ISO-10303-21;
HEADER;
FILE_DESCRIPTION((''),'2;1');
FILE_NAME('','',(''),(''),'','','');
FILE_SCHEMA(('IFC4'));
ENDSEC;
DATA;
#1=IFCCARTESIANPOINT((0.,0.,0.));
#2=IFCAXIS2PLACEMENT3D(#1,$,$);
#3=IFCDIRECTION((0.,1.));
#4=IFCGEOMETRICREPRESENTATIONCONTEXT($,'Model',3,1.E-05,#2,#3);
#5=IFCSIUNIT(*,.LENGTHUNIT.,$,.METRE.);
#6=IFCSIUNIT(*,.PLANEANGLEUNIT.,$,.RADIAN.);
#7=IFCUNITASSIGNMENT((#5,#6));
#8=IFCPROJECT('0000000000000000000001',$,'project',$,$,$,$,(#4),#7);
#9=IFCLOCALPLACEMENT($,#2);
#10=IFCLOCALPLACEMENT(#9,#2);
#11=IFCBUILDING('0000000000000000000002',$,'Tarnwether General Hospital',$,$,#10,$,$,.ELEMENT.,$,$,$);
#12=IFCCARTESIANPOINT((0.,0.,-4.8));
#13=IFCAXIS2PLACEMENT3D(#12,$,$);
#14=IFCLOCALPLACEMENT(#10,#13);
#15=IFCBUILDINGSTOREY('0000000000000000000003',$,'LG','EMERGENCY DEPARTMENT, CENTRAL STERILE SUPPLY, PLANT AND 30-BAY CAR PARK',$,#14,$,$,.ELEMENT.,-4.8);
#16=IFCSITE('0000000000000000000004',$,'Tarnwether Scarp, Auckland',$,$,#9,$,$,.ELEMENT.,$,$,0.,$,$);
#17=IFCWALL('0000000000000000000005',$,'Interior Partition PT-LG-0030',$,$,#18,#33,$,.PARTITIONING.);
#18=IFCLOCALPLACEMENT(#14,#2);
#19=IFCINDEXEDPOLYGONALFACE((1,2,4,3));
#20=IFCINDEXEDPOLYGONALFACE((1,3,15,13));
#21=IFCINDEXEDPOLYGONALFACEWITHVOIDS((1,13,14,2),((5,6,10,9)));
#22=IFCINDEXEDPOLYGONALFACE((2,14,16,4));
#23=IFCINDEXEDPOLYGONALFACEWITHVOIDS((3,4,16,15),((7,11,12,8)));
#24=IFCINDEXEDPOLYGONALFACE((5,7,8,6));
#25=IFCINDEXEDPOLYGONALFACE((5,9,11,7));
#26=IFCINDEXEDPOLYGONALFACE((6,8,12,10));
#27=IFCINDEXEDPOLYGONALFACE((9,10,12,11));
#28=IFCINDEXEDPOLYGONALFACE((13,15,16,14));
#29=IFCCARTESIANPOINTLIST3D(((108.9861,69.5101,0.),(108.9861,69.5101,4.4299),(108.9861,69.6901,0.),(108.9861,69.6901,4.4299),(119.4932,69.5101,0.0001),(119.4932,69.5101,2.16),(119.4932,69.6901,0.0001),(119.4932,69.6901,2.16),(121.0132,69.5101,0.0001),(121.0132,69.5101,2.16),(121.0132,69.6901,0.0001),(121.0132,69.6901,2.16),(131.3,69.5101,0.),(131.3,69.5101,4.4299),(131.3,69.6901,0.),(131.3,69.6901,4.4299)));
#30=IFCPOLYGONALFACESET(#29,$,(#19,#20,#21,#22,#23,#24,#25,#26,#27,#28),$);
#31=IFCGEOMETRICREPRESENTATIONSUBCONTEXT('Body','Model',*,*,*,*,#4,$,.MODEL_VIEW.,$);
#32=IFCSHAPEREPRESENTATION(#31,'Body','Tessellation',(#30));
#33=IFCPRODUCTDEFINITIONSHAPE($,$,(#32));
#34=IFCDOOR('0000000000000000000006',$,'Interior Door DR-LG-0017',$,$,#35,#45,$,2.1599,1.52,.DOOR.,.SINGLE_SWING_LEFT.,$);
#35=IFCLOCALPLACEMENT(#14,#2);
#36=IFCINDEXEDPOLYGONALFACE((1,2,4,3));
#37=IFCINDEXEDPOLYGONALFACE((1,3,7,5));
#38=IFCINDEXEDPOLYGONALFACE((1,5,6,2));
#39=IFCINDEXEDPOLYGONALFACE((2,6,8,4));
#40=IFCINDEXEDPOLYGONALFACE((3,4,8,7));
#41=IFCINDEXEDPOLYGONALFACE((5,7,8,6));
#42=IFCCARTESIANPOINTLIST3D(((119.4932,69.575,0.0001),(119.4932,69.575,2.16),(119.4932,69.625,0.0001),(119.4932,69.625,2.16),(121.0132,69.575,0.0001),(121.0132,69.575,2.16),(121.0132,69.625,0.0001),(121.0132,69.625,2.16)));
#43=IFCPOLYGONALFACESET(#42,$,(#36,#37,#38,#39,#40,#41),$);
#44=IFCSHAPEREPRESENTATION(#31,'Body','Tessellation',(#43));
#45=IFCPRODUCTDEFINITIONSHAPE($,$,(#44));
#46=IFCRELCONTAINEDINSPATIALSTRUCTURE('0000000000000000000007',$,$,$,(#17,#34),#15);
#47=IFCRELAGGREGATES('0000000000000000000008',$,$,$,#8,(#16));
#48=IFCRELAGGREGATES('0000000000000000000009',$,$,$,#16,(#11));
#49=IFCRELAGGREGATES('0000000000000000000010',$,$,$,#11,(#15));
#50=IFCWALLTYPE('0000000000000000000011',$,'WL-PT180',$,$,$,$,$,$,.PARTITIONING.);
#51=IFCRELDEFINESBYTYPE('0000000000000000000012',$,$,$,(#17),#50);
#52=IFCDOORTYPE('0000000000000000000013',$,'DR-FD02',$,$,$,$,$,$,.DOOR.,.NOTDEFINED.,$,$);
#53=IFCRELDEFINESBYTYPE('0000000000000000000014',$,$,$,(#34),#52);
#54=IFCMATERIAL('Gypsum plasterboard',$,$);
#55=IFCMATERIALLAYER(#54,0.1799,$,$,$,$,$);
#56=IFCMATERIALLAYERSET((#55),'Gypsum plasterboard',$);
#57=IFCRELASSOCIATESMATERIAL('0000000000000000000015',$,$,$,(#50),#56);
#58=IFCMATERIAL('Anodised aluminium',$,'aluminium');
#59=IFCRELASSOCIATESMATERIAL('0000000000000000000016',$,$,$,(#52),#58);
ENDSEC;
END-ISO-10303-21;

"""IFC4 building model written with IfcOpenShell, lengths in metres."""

from ifc_helpers import new_model, si_unit, direction, frame, frame_2d, origin, place, context, subcontext, project, spatial, rectangle, extrude, material, layer, layer_set, type_object, element, fill, save


model = new_model("IFC4")

# Units and contexts
model_context = context("Model", 3, precision=1e-05, world=origin(), true_north=direction((0.0, 1.0)))
body_context = subcontext(model_context, "Body", "Model", "MODEL_VIEW")
ifc_project = project(units=[si_unit("LENGTHUNIT", "METRE"), si_unit("PLANEANGLEUNIT", "RADIAN")], contexts=[model_context])

# Site, building, storey
site_placement = place(None, origin())
site = spatial("IfcSite", under=ifc_project, at=site_placement, Name="Tarnwether Scarp, Auckland", CompositionType="ELEMENT", RefElevation=0.0)
building_placement = place(site_placement, origin())
building = spatial("IfcBuilding", under=site, at=building_placement, Name="Tarnwether General Hospital", CompositionType="ELEMENT")
storey_placement = place(building_placement, frame((0.0, 0.0, -4.8)))
storey = spatial("IfcBuildingStorey", under=building, at=storey_placement, Name="LG", Description="EMERGENCY DEPARTMENT, CENTRAL STERILE SUPPLY, PLANT AND 30-BAY CAR PARK", CompositionType="ELEMENT", Elevation=-4.8)

# Shared definitions
ifc_material_1 = material(Name="Gypsum plasterboard")
ifc_layer_1 = layer(ifc_material_1, 0.1799)
ifc_layer_set_1 = layer_set([ifc_layer_1], Name="Gypsum plasterboard")
wall_type_1 = type_object("IfcWallType", Name="WL-PT180", PredefinedType="PARTITIONING", material=ifc_layer_set_1)

# Wall, opening, door
wall_1_placement = place(storey_placement, frame((108.9861, 69.6001, 0.0), z_axis=(0.0, 0.0, 1.0), x_axis=(1.0, 0.0, 0.0)))
wall_1 = element("IfcWall", 1, at=wall_1_placement, inside=storey, type_object=wall_type_1, Name="Interior Partition PT-LG-0030", PredefinedType="PARTITIONING", context=body_context, shape_type="SweptSolid", body=[
    extrude(rectangle(XDim=22.314, YDim=0.1799, at=frame_2d((11.157, 0.0))), origin(), (0.0, 0.0, 1.0), 4.4299),
])
opening_1_placement = place(wall_1_placement, frame((10.5071, 0.0, 0.0)))
opening_1 = element("IfcOpeningElement", 2, at=opening_1_placement, cuts=wall_1, PredefinedType="OPENING", context=body_context, shape_type="SweptSolid", body=[
    extrude(rectangle(XDim=1.52, YDim=2.1599, at=frame_2d((0.76, 1.0801))), frame((0.0, 0.1001, 0.0), z_axis=(0.0, -1.0, 0.0), x_axis=(1.0, 0.0, 0.0)), (0.0, 0.0, 1.0), 0.2),
])
ifc_material_2 = material(Name="Anodised aluminium", Category="aluminium")
door_type_1 = type_object("IfcDoorType", Name="DR-FD02", OperationType="NOTDEFINED", PredefinedType="DOOR", material=ifc_material_2)
door_1_placement = place(opening_1_placement, origin())
door_1 = element("IfcDoor", 3, at=door_1_placement, inside=storey, type_object=door_type_1, Name="Interior Door DR-LG-0017", OperationType="SINGLE_SWING_LEFT", OverallHeight=2.1599, OverallWidth=1.52, PredefinedType="DOOR", context=body_context, shape_type="SweptSolid", body=[
    extrude(rectangle(XDim=1.52, YDim=2.1599, at=frame_2d((0.76, 1.0801))), frame((0.0, 0.0249, 0.0), z_axis=(0.0, -1.0, 0.0), x_axis=(1.0, 0.0, 0.0)), (0.0, 0.0, 1.0), 0.05),
])
fill(opening_1, door_1)

save(model, "model.ifc")
